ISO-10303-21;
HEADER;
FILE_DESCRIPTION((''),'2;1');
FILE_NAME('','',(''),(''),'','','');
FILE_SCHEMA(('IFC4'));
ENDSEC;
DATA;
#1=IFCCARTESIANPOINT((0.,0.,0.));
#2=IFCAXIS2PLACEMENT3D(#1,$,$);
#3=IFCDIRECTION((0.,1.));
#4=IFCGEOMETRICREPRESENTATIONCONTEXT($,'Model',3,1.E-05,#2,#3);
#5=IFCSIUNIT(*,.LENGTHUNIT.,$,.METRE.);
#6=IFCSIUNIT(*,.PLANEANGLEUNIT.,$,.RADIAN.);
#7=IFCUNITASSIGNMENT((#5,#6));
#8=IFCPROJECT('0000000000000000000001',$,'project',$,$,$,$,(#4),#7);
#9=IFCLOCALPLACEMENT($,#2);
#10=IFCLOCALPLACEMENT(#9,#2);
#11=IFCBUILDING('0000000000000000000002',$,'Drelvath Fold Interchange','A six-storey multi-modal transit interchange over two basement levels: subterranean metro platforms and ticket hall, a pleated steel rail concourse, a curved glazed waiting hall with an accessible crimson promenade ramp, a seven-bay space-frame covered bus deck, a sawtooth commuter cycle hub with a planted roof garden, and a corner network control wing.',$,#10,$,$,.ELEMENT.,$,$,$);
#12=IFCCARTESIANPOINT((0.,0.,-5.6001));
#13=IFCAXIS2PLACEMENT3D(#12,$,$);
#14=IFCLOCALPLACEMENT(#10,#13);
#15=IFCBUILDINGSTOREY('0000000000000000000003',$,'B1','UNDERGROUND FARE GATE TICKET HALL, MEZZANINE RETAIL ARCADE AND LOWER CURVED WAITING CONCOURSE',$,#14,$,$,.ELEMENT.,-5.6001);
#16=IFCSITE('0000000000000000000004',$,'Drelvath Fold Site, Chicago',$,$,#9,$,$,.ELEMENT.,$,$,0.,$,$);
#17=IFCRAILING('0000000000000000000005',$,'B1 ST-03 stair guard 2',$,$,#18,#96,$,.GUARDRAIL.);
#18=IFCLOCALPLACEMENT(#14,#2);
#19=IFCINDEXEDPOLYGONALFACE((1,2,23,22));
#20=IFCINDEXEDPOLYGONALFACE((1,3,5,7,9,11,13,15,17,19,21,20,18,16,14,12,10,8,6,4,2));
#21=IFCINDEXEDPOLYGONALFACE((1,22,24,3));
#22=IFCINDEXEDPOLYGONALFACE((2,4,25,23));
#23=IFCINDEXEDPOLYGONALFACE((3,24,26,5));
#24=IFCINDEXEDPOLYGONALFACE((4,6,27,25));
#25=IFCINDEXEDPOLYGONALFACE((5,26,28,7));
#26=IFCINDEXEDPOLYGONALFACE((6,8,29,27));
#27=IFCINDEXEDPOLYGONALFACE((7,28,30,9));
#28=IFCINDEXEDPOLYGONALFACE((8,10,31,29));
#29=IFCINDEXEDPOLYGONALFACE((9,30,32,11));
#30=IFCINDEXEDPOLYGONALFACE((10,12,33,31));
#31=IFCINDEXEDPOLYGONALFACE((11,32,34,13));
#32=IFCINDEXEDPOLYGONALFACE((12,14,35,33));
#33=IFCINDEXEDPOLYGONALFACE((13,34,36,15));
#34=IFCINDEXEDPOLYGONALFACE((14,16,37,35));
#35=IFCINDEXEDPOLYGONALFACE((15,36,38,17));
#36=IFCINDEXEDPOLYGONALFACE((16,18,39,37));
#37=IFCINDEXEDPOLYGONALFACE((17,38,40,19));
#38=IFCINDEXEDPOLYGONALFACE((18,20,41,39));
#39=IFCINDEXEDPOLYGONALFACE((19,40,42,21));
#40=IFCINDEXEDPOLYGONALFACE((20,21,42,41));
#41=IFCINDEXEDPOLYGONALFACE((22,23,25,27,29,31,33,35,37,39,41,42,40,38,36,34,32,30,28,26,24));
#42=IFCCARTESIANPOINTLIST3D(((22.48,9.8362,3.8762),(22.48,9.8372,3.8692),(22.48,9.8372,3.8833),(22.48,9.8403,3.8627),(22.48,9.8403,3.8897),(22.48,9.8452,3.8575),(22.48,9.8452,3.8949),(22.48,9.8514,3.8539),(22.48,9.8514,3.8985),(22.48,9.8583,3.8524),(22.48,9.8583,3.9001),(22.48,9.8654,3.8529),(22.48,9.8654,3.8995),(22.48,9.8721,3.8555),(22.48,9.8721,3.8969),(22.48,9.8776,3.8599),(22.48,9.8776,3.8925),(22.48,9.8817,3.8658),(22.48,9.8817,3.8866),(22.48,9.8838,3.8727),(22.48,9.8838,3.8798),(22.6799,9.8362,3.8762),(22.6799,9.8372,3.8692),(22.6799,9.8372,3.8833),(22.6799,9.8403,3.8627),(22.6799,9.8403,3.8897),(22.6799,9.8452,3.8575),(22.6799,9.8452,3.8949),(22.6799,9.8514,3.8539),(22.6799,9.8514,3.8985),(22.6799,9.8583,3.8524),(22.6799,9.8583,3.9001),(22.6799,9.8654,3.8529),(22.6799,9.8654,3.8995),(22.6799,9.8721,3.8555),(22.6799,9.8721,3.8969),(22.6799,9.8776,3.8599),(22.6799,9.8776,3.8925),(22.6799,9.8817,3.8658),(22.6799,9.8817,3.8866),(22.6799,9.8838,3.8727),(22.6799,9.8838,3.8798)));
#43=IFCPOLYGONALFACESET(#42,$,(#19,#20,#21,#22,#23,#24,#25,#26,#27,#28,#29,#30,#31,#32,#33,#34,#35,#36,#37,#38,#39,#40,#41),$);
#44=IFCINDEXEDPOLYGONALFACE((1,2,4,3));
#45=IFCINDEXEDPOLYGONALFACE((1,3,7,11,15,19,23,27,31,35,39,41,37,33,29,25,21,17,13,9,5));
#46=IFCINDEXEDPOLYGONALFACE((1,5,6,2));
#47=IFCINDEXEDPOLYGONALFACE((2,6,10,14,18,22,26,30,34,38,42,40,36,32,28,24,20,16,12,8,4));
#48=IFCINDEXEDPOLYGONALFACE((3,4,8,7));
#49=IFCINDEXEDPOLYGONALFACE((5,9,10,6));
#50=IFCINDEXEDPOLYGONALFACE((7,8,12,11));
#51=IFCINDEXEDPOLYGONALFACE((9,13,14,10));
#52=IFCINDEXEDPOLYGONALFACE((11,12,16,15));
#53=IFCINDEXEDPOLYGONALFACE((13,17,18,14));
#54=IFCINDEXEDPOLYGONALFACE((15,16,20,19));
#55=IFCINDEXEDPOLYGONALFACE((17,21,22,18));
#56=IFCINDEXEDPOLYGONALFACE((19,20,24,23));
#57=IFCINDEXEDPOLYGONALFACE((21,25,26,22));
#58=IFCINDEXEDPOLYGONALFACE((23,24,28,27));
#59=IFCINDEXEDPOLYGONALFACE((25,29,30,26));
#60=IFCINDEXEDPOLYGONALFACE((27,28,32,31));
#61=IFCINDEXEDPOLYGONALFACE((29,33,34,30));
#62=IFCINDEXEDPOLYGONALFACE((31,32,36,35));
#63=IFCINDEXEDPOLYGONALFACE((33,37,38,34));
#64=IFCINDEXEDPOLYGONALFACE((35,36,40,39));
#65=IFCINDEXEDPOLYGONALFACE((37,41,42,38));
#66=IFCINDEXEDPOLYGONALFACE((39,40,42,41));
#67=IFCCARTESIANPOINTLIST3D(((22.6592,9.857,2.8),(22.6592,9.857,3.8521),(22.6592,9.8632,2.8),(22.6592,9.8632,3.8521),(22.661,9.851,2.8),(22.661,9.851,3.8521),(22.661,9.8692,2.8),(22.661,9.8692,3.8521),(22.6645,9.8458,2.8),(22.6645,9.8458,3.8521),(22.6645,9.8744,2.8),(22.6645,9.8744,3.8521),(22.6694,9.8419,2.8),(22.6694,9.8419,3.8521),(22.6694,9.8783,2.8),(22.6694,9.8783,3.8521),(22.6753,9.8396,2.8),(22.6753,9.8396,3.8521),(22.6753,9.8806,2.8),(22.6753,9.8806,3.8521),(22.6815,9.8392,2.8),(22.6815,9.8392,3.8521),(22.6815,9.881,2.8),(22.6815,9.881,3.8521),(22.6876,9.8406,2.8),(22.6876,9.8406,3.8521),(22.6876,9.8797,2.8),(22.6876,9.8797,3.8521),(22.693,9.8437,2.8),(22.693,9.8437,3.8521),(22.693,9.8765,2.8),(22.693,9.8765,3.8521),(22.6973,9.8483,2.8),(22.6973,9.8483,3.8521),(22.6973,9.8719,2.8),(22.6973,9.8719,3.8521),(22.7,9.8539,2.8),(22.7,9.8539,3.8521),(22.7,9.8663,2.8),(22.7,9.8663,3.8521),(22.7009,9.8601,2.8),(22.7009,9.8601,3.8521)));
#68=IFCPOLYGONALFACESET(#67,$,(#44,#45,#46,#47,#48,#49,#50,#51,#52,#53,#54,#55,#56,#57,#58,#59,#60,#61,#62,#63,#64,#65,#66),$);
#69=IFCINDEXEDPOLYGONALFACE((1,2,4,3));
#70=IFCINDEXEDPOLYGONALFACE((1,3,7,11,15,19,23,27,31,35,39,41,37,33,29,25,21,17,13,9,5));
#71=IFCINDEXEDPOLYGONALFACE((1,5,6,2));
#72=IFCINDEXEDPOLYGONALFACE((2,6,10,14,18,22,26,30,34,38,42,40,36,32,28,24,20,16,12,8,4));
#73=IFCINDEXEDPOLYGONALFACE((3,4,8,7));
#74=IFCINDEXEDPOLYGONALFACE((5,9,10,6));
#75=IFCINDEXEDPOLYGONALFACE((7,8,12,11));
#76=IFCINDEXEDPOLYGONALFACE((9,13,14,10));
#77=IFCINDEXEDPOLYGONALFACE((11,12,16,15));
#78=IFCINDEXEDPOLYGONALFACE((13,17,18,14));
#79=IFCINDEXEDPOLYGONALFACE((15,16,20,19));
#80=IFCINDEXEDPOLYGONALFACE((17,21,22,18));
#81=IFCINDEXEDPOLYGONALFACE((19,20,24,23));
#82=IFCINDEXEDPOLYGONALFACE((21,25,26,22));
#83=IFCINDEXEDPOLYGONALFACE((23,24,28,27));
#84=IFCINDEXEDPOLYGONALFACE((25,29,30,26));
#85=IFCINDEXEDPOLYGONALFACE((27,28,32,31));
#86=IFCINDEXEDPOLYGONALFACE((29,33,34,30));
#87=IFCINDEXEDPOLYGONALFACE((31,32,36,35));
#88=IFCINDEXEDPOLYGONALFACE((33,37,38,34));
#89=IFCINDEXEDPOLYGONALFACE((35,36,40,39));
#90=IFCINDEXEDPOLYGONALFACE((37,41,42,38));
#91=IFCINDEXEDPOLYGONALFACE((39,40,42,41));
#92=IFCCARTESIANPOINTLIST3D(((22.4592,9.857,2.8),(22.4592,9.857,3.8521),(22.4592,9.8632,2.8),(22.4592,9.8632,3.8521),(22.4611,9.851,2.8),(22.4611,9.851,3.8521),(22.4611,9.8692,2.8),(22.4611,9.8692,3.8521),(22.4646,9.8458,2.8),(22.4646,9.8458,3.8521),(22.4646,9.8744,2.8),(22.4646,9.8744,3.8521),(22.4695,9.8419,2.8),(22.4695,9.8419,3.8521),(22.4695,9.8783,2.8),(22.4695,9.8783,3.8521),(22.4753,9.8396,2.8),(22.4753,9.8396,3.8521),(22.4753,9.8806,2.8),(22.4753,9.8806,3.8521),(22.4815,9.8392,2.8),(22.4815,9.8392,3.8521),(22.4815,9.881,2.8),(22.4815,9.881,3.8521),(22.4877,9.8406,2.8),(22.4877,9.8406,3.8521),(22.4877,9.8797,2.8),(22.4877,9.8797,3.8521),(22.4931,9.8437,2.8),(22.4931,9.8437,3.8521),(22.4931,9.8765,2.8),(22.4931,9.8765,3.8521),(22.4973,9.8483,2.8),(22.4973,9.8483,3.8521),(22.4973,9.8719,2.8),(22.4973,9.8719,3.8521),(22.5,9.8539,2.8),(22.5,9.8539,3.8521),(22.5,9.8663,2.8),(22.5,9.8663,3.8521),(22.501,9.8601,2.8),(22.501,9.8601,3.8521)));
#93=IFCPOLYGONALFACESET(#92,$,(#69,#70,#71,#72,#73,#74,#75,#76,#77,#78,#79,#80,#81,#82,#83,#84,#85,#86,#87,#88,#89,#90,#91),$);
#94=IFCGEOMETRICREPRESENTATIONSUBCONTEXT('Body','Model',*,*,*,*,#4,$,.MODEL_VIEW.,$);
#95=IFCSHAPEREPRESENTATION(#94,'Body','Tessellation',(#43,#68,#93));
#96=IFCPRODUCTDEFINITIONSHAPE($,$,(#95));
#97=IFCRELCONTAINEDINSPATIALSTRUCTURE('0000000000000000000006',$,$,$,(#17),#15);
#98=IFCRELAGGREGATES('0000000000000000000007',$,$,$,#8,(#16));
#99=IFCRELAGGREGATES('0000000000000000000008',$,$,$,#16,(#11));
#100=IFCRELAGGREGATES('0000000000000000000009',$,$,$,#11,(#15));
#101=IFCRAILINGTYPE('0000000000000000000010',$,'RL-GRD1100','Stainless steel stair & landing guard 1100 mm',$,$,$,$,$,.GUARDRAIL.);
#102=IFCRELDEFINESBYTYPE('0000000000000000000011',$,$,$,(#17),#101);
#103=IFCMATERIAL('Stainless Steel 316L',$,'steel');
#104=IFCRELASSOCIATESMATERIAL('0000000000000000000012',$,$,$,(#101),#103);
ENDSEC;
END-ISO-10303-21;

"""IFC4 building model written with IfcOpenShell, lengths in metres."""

from ifc_helpers import new_model, si_unit, direction, frame, origin, origin_2d, place, context, subcontext, project, spatial, circle, extrude, material, type_object, element, save


model = new_model("IFC4")

# Units and contexts
model_context = context("Model", 3, precision=1e-05, world=origin(), true_north=direction((0.0, 1.0)))
body_context = subcontext(model_context, "Body", "Model", "MODEL_VIEW")
ifc_project = project(units=[si_unit("LENGTHUNIT", "METRE"), si_unit("PLANEANGLEUNIT", "RADIAN")], contexts=[model_context])

# Site, building, storey
site_placement = place(None, origin())
site = spatial("IfcSite", under=ifc_project, at=site_placement, Name="Drelvath Fold Site, Chicago", CompositionType="ELEMENT", RefElevation=0.0)
building_placement = place(site_placement, origin())
building = spatial("IfcBuilding", under=site, at=building_placement, Name="Drelvath Fold Interchange", Description="A six-storey multi-modal transit interchange over two basement levels: subterranean metro platforms and ticket hall, a pleated steel rail concourse, a curved glazed waiting hall with an accessible crimson promenade ramp, a seven-bay space-frame covered bus deck, a sawtooth commuter cycle hub with a planted roof garden, and a corner network control wing.", CompositionType="ELEMENT")
storey_placement = place(building_placement, frame((0.0, 0.0, -5.6001)))
storey = spatial("IfcBuildingStorey", under=building, at=storey_placement, Name="B1", Description="UNDERGROUND FARE GATE TICKET HALL, MEZZANINE RETAIL ARCADE AND LOWER CURVED WAITING CONCOURSE", CompositionType="ELEMENT", Elevation=-5.6001)

# Railing
ifc_material_1 = material(Name="Stainless Steel 316L", Category="steel")
railing_type_1 = type_object("IfcRailingType", Name="RL-GRD1100", Description="Stainless steel stair & landing guard 1100 mm", PredefinedType="GUARDRAIL", material=ifc_material_1)
railing_1_placement = place(storey_placement, frame((22.6799, 9.8601, 2.8)))
element("IfcRailing", 1, at=railing_1_placement, inside=storey, type_object=railing_type_1, Name="B1 ST-03 stair guard 2", PredefinedType="GUARDRAIL", context=body_context, shape_type="SweptSolid", body=[
    extrude(circle(Radius=0.0239, at=origin_2d()), frame((0.0, 0.0, 1.0762), z_axis=(-1.0, 0.0, 0.0), x_axis=(0.0, -1.0, 0.0)), (0.0, 0.0, 1.0), 0.2),
    extrude(circle(Radius=0.021, at=origin_2d()), origin(), (0.0, 0.0, 1.0), 1.052),
    extrude(circle(Radius=0.021, at=origin_2d()), frame((-0.2, 0.0, 0.0)), (0.0, 0.0, 1.0), 1.052),
])

save(model, "model.ifc")
